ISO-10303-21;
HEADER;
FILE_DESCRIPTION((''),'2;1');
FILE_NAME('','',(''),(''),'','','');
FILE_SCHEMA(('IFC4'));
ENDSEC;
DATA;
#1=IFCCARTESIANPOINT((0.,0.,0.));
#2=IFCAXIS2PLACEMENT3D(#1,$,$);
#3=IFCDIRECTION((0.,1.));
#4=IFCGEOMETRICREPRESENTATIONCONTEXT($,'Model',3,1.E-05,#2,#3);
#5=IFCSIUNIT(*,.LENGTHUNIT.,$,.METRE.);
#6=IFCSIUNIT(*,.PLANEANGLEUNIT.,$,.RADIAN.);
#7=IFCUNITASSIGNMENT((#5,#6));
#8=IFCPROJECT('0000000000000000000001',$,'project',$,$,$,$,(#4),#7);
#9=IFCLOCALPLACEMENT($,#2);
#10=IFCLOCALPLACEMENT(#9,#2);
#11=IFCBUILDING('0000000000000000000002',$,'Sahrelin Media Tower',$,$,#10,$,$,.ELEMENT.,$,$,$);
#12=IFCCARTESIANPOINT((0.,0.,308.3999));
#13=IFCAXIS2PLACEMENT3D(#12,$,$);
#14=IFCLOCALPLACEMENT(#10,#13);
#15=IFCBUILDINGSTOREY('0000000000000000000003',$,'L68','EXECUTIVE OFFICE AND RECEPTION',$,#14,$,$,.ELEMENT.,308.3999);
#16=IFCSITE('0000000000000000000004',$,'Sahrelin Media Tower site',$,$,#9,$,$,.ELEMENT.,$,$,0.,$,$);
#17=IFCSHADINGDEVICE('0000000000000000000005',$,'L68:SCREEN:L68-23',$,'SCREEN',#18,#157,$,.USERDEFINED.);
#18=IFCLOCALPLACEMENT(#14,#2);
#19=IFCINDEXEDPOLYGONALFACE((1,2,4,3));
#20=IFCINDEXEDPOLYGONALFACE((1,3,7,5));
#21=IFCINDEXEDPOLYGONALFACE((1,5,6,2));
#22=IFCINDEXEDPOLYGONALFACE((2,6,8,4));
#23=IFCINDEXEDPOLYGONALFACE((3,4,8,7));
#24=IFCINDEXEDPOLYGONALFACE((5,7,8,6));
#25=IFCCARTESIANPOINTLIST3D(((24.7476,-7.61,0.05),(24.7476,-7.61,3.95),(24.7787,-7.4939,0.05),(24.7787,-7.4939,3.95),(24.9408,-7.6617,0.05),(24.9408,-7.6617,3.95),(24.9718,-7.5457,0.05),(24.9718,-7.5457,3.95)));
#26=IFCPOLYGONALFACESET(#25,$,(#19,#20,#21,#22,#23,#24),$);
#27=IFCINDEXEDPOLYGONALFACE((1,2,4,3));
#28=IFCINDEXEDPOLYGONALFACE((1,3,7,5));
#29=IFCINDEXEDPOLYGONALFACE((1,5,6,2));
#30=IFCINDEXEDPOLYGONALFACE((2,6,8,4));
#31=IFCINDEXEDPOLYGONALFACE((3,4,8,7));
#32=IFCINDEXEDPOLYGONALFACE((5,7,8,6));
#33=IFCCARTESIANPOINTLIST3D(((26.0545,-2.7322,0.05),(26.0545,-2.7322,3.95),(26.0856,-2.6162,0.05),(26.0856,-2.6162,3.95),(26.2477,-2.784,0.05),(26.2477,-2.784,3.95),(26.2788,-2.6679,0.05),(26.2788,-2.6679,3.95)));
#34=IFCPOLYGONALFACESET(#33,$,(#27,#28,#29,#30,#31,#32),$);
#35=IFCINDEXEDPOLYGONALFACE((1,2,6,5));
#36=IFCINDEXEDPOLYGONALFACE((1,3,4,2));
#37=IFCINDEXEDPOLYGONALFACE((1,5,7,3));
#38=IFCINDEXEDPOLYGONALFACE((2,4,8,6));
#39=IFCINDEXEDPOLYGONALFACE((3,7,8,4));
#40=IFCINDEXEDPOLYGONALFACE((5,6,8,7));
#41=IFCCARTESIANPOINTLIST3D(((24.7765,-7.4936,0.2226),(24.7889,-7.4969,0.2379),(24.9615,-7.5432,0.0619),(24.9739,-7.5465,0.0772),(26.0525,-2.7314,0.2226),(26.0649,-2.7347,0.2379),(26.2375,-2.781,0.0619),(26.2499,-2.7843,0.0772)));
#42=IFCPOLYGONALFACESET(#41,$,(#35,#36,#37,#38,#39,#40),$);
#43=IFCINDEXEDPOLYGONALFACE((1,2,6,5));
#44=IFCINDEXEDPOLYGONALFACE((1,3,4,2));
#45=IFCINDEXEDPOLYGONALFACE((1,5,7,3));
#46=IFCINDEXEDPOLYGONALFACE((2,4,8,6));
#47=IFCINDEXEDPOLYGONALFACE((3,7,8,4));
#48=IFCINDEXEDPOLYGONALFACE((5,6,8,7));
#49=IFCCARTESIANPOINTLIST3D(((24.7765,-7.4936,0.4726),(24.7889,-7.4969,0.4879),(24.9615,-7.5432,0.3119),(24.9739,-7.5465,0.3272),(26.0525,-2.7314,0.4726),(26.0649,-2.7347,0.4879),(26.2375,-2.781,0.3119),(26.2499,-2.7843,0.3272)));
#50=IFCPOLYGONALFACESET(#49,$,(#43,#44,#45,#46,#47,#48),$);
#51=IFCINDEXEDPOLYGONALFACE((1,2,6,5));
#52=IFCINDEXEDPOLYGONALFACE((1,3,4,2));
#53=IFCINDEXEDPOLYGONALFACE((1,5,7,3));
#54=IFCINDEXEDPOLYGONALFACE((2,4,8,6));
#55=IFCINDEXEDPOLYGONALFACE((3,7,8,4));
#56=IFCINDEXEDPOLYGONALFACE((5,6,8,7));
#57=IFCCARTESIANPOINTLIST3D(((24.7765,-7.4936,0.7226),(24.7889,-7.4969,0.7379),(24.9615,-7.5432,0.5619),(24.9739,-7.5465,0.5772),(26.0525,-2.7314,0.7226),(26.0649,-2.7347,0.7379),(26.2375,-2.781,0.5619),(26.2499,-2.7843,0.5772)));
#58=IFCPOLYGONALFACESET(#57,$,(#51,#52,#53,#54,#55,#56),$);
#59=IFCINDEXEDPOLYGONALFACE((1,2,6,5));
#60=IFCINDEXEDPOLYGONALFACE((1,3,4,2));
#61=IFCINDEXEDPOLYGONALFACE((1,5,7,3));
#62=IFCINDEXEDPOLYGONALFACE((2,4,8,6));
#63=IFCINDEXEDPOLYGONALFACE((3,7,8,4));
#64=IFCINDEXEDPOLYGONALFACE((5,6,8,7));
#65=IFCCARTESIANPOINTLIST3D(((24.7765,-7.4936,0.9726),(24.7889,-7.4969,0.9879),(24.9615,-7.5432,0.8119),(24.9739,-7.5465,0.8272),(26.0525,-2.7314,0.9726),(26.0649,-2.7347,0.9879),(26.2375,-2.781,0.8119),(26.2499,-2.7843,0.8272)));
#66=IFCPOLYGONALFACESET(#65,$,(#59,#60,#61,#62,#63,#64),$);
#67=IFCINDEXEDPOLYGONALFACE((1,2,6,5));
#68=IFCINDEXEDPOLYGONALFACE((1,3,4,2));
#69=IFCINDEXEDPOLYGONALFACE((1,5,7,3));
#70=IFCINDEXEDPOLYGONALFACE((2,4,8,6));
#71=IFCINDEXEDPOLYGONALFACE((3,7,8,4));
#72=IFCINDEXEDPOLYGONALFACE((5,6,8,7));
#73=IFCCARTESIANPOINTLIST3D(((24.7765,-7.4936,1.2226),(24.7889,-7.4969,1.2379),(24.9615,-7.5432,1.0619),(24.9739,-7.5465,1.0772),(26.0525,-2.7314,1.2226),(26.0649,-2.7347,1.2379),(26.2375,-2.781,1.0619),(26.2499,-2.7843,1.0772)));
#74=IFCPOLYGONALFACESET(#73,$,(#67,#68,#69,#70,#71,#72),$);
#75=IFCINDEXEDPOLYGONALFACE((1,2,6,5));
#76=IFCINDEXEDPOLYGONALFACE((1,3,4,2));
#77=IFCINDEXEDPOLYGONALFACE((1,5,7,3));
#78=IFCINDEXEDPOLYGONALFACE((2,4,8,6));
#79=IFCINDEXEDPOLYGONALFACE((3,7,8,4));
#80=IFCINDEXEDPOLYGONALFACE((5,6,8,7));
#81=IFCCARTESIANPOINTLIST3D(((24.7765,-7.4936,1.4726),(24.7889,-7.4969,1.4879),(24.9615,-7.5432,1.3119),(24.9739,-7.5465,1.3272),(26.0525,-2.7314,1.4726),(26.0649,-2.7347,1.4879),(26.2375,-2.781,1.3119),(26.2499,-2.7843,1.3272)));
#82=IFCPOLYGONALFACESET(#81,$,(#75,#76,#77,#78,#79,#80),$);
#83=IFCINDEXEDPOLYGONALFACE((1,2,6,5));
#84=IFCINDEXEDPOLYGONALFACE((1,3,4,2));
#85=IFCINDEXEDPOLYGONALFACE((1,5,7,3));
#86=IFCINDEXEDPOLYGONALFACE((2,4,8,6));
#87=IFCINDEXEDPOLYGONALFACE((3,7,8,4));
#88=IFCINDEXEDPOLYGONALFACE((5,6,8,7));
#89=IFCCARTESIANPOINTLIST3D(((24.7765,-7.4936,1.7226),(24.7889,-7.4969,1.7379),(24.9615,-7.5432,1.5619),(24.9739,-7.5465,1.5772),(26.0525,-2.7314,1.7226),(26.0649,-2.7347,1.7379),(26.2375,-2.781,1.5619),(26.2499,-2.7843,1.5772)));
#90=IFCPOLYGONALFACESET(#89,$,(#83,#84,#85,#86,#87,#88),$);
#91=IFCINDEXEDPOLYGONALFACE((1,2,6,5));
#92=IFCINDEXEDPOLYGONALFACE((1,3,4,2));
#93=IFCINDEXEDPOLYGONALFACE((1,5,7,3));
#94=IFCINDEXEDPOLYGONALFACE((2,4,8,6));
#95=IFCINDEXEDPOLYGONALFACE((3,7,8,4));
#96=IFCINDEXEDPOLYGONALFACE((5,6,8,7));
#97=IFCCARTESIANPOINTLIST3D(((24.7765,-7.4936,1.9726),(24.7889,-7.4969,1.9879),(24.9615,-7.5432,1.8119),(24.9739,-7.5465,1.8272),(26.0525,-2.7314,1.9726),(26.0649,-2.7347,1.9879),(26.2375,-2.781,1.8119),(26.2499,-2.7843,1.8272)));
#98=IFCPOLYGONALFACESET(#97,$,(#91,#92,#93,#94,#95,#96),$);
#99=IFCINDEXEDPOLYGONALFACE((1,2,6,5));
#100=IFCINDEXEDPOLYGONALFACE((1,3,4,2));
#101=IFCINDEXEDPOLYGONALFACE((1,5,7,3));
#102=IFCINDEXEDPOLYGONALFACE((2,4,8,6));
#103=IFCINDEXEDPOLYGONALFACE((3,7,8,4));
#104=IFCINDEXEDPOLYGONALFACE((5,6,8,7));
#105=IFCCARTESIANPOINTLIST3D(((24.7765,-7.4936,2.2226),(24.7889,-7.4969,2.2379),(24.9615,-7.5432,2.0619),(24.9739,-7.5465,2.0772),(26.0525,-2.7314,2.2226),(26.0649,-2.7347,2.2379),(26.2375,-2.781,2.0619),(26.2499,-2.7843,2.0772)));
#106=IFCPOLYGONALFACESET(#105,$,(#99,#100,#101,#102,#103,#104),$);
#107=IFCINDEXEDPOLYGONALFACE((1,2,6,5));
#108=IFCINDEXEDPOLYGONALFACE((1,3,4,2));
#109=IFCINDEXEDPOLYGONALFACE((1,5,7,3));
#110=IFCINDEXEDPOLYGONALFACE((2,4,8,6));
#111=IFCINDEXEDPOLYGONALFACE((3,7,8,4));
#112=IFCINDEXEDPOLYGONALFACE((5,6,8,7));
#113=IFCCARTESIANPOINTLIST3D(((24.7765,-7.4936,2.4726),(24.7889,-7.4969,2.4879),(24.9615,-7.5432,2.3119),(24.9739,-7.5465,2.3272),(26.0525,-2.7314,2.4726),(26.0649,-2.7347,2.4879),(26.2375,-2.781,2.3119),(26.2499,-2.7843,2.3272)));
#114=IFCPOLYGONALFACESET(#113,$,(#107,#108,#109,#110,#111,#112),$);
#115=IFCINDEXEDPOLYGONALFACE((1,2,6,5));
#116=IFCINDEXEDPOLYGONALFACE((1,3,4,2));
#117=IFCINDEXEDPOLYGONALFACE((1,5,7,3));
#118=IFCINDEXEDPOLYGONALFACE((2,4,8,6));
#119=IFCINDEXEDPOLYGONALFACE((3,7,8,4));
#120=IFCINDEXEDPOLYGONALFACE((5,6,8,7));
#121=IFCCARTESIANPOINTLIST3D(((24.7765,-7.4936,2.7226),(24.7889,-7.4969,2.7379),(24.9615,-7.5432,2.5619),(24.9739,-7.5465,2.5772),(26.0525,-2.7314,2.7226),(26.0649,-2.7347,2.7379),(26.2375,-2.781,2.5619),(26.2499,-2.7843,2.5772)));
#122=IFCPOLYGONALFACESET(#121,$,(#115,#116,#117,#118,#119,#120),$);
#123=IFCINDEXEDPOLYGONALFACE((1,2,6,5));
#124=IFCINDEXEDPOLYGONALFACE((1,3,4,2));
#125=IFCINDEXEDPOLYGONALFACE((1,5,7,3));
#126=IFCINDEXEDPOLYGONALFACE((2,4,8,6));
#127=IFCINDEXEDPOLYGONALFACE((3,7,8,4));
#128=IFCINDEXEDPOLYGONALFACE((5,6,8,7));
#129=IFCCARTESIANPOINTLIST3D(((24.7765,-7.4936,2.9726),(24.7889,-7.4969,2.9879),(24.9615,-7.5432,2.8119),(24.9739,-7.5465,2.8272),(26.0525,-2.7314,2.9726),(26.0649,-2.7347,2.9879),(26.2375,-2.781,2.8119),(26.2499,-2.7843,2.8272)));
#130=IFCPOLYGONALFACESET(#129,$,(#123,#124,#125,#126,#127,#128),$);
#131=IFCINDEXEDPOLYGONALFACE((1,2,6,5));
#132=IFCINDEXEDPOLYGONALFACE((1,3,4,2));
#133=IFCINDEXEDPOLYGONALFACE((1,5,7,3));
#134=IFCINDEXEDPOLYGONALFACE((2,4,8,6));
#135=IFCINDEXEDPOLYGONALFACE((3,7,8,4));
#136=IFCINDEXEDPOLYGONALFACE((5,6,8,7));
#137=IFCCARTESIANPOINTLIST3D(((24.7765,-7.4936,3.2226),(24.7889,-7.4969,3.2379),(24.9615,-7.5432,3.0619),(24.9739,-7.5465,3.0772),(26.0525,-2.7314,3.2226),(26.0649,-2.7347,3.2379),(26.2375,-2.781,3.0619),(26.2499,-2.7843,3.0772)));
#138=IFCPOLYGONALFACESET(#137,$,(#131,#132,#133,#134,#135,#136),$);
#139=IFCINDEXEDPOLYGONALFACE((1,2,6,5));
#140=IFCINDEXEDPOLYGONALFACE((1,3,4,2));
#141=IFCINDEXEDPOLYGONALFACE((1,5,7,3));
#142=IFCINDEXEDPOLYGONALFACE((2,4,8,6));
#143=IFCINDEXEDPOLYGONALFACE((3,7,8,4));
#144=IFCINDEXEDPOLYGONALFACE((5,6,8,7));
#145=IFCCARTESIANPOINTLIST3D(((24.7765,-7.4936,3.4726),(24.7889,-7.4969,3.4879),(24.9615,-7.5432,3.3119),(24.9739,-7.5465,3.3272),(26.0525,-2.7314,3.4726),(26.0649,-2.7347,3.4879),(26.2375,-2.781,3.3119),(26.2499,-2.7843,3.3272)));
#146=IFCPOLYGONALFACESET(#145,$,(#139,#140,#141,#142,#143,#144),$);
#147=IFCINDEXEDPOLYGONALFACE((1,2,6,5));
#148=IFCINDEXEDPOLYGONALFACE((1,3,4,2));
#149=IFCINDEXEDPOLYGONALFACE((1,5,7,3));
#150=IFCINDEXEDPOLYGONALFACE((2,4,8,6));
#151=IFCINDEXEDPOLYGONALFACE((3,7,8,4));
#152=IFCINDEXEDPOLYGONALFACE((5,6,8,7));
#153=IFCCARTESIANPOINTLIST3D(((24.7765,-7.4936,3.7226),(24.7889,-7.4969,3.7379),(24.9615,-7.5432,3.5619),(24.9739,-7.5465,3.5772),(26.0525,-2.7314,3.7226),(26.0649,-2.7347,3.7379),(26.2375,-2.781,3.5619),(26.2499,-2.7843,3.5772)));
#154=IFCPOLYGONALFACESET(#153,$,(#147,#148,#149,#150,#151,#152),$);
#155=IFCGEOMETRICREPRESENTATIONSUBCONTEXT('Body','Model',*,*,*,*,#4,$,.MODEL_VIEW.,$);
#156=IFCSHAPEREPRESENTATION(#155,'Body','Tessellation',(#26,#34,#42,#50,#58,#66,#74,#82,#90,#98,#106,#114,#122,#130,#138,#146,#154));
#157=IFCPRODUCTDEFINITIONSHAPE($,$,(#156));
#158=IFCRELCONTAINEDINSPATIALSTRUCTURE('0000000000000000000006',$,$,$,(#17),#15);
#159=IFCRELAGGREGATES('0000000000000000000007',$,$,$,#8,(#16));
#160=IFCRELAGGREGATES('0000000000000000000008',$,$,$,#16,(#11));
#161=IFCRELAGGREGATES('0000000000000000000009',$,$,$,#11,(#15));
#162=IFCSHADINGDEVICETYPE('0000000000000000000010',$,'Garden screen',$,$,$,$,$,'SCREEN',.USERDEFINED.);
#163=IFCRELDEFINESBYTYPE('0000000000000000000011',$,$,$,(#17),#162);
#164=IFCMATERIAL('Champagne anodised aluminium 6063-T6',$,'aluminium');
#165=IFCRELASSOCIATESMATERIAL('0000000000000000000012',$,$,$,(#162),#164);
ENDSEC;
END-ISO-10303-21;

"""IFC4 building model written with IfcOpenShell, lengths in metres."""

from ifc_helpers import new_model, si_unit, direction, frame, origin, origin_2d, place, context, subcontext, project, spatial, rectangle, extrude, material, type_object, element, save


model = new_model("IFC4")

# Units and contexts
model_context = context("Model", 3, precision=1e-05, world=origin(), true_north=direction((0.0, 1.0)))
body_context = subcontext(model_context, "Body", "Model", "MODEL_VIEW")
ifc_project = project(units=[si_unit("LENGTHUNIT", "METRE"), si_unit("PLANEANGLEUNIT", "RADIAN")], contexts=[model_context])

# Site, building, storey
site_placement = place(None, origin())
site = spatial("IfcSite", under=ifc_project, at=site_placement, Name="Sahrelin Media Tower site", CompositionType="ELEMENT", RefElevation=0.0)
building_placement = place(site_placement, origin())
building = spatial("IfcBuilding", under=site, at=building_placement, Name="Sahrelin Media Tower", CompositionType="ELEMENT")
storey_placement = place(building_placement, frame((0.0, 0.0, 308.3999)))
storey = spatial("IfcBuildingStorey", under=building, at=storey_placement, Name="L68", Description="EXECUTIVE OFFICE AND RECEPTION", CompositionType="ELEMENT", Elevation=308.3999)

# Shared definitions
ifc_material_1 = material(Name="Champagne anodised aluminium 6063-T6", Category="aluminium")

# Shading device
shading_device_type_1 = type_object("IfcShadingDeviceType", Name="Garden screen", ElementType="SCREEN", PredefinedType="USERDEFINED", material=ifc_material_1)
shading_device_1_placement = place(storey_placement, frame((25.4165, -5.113, 0.0), z_axis=(0.0, 0.0, 1.0), x_axis=(-0.258808, -0.965929, 0.0)))
element("IfcShadingDevice", 1, at=shading_device_1_placement, inside=storey, type_object=shading_device_type_1, Name="L68:SCREEN:L68-23", ObjectType="SCREEN", PredefinedType="USERDEFINED", context=body_context, shape_type="SweptSolid", body=[
    extrude(rectangle(XDim=0.1201, YDim=0.2, at=origin_2d()), frame((2.5249, 0.1001, 0.05), z_axis=(0.0, 0.0, 1.0), x_axis=(1.0, 0.0, 0.0)), (0.0, 0.0, 1.0), 3.8999),
    extrude(rectangle(XDim=0.1201, YDim=0.2, at=origin_2d()), frame((-2.5249, 0.1001, 0.05), z_axis=(0.0, 0.0, 1.0), x_axis=(1.0, 0.0, 0.0)), (0.0, 0.0, 1.0), 3.8999),
    extrude(rectangle(XDim=0.25, YDim=0.02, at=origin_2d()), frame((2.4651, 0.1001, 0.1499), z_axis=(-1.0, 0.0, 0.0), x_axis=(0.0, -0.766044, 0.642788)), (0.0, 0.0, 1.0), 4.9302),
    extrude(rectangle(XDim=0.25, YDim=0.02, at=origin_2d()), frame((2.4651, 0.1001, 0.3999), z_axis=(-1.0, 0.0, 0.0), x_axis=(0.0, -0.766044, 0.642788)), (0.0, 0.0, 1.0), 4.9302),
    extrude(rectangle(XDim=0.25, YDim=0.02, at=origin_2d()), frame((2.4651, 0.1001, 0.6499), z_axis=(-1.0, 0.0, 0.0), x_axis=(0.0, -0.766044, 0.642788)), (0.0, 0.0, 1.0), 4.9302),
    extrude(rectangle(XDim=0.25, YDim=0.02, at=origin_2d()), frame((2.4651, 0.1001, 0.8999), z_axis=(-1.0, 0.0, 0.0), x_axis=(0.0, -0.766044, 0.642788)), (0.0, 0.0, 1.0), 4.9302),
    extrude(rectangle(XDim=0.25, YDim=0.02, at=origin_2d()), frame((2.4651, 0.1001, 1.1499), z_axis=(-1.0, 0.0, 0.0), x_axis=(0.0, -0.766044, 0.642788)), (0.0, 0.0, 1.0), 4.9302),
    extrude(rectangle(XDim=0.25, YDim=0.02, at=origin_2d()), frame((2.4651, 0.1001, 1.3999), z_axis=(-1.0, 0.0, 0.0), x_axis=(0.0, -0.766044, 0.642788)), (0.0, 0.0, 1.0), 4.9302),
    extrude(rectangle(XDim=0.25, YDim=0.02, at=origin_2d()), frame((2.4651, 0.1001, 1.6499), z_axis=(-1.0, 0.0, 0.0), x_axis=(0.0, -0.766044, 0.642788)), (0.0, 0.0, 1.0), 4.9302),
    extrude(rectangle(XDim=0.25, YDim=0.02, at=origin_2d()), frame((2.4651, 0.1001, 1.8999), z_axis=(-1.0, 0.0, 0.0), x_axis=(0.0, -0.766044, 0.642788)), (0.0, 0.0, 1.0), 4.9302),
    extrude(rectangle(XDim=0.25, YDim=0.02, at=origin_2d()), frame((2.4651, 0.1001, 2.1499), z_axis=(-1.0, 0.0, 0.0), x_axis=(0.0, -0.766044, 0.642788)), (0.0, 0.0, 1.0), 4.9302),
    extrude(rectangle(XDim=0.25, YDim=0.02, at=origin_2d()), frame((2.4651, 0.1001, 2.3999), z_axis=(-1.0, 0.0, 0.0), x_axis=(0.0, -0.766044, 0.642788)), (0.0, 0.0, 1.0), 4.9302),
    extrude(rectangle(XDim=0.25, YDim=0.02, at=origin_2d()), frame((2.4651, 0.1001, 2.6499), z_axis=(-1.0, 0.0, 0.0), x_axis=(0.0, -0.766044, 0.642788)), (0.0, 0.0, 1.0), 4.9302),
    extrude(rectangle(XDim=0.25, YDim=0.02, at=origin_2d()), frame((2.4651, 0.1001, 2.8999), z_axis=(-1.0, 0.0, 0.0), x_axis=(0.0, -0.766044, 0.642788)), (0.0, 0.0, 1.0), 4.9302),
    extrude(rectangle(XDim=0.25, YDim=0.02, at=origin_2d()), frame((2.4651, 0.1001, 3.1499), z_axis=(-1.0, 0.0, 0.0), x_axis=(0.0, -0.766044, 0.642788)), (0.0, 0.0, 1.0), 4.9302),
    extrude(rectangle(XDim=0.25, YDim=0.02, at=origin_2d()), frame((2.4651, 0.1001, 3.3999), z_axis=(-1.0, 0.0, 0.0), x_axis=(0.0, -0.766044, 0.642788)), (0.0, 0.0, 1.0), 4.9302),
    extrude(rectangle(XDim=0.25, YDim=0.02, at=origin_2d()), frame((2.4651, 0.1001, 3.6499), z_axis=(-1.0, 0.0, 0.0), x_axis=(0.0, -0.766044, 0.642788)), (0.0, 0.0, 1.0), 4.9302),
])

save(model, "model.ifc")
